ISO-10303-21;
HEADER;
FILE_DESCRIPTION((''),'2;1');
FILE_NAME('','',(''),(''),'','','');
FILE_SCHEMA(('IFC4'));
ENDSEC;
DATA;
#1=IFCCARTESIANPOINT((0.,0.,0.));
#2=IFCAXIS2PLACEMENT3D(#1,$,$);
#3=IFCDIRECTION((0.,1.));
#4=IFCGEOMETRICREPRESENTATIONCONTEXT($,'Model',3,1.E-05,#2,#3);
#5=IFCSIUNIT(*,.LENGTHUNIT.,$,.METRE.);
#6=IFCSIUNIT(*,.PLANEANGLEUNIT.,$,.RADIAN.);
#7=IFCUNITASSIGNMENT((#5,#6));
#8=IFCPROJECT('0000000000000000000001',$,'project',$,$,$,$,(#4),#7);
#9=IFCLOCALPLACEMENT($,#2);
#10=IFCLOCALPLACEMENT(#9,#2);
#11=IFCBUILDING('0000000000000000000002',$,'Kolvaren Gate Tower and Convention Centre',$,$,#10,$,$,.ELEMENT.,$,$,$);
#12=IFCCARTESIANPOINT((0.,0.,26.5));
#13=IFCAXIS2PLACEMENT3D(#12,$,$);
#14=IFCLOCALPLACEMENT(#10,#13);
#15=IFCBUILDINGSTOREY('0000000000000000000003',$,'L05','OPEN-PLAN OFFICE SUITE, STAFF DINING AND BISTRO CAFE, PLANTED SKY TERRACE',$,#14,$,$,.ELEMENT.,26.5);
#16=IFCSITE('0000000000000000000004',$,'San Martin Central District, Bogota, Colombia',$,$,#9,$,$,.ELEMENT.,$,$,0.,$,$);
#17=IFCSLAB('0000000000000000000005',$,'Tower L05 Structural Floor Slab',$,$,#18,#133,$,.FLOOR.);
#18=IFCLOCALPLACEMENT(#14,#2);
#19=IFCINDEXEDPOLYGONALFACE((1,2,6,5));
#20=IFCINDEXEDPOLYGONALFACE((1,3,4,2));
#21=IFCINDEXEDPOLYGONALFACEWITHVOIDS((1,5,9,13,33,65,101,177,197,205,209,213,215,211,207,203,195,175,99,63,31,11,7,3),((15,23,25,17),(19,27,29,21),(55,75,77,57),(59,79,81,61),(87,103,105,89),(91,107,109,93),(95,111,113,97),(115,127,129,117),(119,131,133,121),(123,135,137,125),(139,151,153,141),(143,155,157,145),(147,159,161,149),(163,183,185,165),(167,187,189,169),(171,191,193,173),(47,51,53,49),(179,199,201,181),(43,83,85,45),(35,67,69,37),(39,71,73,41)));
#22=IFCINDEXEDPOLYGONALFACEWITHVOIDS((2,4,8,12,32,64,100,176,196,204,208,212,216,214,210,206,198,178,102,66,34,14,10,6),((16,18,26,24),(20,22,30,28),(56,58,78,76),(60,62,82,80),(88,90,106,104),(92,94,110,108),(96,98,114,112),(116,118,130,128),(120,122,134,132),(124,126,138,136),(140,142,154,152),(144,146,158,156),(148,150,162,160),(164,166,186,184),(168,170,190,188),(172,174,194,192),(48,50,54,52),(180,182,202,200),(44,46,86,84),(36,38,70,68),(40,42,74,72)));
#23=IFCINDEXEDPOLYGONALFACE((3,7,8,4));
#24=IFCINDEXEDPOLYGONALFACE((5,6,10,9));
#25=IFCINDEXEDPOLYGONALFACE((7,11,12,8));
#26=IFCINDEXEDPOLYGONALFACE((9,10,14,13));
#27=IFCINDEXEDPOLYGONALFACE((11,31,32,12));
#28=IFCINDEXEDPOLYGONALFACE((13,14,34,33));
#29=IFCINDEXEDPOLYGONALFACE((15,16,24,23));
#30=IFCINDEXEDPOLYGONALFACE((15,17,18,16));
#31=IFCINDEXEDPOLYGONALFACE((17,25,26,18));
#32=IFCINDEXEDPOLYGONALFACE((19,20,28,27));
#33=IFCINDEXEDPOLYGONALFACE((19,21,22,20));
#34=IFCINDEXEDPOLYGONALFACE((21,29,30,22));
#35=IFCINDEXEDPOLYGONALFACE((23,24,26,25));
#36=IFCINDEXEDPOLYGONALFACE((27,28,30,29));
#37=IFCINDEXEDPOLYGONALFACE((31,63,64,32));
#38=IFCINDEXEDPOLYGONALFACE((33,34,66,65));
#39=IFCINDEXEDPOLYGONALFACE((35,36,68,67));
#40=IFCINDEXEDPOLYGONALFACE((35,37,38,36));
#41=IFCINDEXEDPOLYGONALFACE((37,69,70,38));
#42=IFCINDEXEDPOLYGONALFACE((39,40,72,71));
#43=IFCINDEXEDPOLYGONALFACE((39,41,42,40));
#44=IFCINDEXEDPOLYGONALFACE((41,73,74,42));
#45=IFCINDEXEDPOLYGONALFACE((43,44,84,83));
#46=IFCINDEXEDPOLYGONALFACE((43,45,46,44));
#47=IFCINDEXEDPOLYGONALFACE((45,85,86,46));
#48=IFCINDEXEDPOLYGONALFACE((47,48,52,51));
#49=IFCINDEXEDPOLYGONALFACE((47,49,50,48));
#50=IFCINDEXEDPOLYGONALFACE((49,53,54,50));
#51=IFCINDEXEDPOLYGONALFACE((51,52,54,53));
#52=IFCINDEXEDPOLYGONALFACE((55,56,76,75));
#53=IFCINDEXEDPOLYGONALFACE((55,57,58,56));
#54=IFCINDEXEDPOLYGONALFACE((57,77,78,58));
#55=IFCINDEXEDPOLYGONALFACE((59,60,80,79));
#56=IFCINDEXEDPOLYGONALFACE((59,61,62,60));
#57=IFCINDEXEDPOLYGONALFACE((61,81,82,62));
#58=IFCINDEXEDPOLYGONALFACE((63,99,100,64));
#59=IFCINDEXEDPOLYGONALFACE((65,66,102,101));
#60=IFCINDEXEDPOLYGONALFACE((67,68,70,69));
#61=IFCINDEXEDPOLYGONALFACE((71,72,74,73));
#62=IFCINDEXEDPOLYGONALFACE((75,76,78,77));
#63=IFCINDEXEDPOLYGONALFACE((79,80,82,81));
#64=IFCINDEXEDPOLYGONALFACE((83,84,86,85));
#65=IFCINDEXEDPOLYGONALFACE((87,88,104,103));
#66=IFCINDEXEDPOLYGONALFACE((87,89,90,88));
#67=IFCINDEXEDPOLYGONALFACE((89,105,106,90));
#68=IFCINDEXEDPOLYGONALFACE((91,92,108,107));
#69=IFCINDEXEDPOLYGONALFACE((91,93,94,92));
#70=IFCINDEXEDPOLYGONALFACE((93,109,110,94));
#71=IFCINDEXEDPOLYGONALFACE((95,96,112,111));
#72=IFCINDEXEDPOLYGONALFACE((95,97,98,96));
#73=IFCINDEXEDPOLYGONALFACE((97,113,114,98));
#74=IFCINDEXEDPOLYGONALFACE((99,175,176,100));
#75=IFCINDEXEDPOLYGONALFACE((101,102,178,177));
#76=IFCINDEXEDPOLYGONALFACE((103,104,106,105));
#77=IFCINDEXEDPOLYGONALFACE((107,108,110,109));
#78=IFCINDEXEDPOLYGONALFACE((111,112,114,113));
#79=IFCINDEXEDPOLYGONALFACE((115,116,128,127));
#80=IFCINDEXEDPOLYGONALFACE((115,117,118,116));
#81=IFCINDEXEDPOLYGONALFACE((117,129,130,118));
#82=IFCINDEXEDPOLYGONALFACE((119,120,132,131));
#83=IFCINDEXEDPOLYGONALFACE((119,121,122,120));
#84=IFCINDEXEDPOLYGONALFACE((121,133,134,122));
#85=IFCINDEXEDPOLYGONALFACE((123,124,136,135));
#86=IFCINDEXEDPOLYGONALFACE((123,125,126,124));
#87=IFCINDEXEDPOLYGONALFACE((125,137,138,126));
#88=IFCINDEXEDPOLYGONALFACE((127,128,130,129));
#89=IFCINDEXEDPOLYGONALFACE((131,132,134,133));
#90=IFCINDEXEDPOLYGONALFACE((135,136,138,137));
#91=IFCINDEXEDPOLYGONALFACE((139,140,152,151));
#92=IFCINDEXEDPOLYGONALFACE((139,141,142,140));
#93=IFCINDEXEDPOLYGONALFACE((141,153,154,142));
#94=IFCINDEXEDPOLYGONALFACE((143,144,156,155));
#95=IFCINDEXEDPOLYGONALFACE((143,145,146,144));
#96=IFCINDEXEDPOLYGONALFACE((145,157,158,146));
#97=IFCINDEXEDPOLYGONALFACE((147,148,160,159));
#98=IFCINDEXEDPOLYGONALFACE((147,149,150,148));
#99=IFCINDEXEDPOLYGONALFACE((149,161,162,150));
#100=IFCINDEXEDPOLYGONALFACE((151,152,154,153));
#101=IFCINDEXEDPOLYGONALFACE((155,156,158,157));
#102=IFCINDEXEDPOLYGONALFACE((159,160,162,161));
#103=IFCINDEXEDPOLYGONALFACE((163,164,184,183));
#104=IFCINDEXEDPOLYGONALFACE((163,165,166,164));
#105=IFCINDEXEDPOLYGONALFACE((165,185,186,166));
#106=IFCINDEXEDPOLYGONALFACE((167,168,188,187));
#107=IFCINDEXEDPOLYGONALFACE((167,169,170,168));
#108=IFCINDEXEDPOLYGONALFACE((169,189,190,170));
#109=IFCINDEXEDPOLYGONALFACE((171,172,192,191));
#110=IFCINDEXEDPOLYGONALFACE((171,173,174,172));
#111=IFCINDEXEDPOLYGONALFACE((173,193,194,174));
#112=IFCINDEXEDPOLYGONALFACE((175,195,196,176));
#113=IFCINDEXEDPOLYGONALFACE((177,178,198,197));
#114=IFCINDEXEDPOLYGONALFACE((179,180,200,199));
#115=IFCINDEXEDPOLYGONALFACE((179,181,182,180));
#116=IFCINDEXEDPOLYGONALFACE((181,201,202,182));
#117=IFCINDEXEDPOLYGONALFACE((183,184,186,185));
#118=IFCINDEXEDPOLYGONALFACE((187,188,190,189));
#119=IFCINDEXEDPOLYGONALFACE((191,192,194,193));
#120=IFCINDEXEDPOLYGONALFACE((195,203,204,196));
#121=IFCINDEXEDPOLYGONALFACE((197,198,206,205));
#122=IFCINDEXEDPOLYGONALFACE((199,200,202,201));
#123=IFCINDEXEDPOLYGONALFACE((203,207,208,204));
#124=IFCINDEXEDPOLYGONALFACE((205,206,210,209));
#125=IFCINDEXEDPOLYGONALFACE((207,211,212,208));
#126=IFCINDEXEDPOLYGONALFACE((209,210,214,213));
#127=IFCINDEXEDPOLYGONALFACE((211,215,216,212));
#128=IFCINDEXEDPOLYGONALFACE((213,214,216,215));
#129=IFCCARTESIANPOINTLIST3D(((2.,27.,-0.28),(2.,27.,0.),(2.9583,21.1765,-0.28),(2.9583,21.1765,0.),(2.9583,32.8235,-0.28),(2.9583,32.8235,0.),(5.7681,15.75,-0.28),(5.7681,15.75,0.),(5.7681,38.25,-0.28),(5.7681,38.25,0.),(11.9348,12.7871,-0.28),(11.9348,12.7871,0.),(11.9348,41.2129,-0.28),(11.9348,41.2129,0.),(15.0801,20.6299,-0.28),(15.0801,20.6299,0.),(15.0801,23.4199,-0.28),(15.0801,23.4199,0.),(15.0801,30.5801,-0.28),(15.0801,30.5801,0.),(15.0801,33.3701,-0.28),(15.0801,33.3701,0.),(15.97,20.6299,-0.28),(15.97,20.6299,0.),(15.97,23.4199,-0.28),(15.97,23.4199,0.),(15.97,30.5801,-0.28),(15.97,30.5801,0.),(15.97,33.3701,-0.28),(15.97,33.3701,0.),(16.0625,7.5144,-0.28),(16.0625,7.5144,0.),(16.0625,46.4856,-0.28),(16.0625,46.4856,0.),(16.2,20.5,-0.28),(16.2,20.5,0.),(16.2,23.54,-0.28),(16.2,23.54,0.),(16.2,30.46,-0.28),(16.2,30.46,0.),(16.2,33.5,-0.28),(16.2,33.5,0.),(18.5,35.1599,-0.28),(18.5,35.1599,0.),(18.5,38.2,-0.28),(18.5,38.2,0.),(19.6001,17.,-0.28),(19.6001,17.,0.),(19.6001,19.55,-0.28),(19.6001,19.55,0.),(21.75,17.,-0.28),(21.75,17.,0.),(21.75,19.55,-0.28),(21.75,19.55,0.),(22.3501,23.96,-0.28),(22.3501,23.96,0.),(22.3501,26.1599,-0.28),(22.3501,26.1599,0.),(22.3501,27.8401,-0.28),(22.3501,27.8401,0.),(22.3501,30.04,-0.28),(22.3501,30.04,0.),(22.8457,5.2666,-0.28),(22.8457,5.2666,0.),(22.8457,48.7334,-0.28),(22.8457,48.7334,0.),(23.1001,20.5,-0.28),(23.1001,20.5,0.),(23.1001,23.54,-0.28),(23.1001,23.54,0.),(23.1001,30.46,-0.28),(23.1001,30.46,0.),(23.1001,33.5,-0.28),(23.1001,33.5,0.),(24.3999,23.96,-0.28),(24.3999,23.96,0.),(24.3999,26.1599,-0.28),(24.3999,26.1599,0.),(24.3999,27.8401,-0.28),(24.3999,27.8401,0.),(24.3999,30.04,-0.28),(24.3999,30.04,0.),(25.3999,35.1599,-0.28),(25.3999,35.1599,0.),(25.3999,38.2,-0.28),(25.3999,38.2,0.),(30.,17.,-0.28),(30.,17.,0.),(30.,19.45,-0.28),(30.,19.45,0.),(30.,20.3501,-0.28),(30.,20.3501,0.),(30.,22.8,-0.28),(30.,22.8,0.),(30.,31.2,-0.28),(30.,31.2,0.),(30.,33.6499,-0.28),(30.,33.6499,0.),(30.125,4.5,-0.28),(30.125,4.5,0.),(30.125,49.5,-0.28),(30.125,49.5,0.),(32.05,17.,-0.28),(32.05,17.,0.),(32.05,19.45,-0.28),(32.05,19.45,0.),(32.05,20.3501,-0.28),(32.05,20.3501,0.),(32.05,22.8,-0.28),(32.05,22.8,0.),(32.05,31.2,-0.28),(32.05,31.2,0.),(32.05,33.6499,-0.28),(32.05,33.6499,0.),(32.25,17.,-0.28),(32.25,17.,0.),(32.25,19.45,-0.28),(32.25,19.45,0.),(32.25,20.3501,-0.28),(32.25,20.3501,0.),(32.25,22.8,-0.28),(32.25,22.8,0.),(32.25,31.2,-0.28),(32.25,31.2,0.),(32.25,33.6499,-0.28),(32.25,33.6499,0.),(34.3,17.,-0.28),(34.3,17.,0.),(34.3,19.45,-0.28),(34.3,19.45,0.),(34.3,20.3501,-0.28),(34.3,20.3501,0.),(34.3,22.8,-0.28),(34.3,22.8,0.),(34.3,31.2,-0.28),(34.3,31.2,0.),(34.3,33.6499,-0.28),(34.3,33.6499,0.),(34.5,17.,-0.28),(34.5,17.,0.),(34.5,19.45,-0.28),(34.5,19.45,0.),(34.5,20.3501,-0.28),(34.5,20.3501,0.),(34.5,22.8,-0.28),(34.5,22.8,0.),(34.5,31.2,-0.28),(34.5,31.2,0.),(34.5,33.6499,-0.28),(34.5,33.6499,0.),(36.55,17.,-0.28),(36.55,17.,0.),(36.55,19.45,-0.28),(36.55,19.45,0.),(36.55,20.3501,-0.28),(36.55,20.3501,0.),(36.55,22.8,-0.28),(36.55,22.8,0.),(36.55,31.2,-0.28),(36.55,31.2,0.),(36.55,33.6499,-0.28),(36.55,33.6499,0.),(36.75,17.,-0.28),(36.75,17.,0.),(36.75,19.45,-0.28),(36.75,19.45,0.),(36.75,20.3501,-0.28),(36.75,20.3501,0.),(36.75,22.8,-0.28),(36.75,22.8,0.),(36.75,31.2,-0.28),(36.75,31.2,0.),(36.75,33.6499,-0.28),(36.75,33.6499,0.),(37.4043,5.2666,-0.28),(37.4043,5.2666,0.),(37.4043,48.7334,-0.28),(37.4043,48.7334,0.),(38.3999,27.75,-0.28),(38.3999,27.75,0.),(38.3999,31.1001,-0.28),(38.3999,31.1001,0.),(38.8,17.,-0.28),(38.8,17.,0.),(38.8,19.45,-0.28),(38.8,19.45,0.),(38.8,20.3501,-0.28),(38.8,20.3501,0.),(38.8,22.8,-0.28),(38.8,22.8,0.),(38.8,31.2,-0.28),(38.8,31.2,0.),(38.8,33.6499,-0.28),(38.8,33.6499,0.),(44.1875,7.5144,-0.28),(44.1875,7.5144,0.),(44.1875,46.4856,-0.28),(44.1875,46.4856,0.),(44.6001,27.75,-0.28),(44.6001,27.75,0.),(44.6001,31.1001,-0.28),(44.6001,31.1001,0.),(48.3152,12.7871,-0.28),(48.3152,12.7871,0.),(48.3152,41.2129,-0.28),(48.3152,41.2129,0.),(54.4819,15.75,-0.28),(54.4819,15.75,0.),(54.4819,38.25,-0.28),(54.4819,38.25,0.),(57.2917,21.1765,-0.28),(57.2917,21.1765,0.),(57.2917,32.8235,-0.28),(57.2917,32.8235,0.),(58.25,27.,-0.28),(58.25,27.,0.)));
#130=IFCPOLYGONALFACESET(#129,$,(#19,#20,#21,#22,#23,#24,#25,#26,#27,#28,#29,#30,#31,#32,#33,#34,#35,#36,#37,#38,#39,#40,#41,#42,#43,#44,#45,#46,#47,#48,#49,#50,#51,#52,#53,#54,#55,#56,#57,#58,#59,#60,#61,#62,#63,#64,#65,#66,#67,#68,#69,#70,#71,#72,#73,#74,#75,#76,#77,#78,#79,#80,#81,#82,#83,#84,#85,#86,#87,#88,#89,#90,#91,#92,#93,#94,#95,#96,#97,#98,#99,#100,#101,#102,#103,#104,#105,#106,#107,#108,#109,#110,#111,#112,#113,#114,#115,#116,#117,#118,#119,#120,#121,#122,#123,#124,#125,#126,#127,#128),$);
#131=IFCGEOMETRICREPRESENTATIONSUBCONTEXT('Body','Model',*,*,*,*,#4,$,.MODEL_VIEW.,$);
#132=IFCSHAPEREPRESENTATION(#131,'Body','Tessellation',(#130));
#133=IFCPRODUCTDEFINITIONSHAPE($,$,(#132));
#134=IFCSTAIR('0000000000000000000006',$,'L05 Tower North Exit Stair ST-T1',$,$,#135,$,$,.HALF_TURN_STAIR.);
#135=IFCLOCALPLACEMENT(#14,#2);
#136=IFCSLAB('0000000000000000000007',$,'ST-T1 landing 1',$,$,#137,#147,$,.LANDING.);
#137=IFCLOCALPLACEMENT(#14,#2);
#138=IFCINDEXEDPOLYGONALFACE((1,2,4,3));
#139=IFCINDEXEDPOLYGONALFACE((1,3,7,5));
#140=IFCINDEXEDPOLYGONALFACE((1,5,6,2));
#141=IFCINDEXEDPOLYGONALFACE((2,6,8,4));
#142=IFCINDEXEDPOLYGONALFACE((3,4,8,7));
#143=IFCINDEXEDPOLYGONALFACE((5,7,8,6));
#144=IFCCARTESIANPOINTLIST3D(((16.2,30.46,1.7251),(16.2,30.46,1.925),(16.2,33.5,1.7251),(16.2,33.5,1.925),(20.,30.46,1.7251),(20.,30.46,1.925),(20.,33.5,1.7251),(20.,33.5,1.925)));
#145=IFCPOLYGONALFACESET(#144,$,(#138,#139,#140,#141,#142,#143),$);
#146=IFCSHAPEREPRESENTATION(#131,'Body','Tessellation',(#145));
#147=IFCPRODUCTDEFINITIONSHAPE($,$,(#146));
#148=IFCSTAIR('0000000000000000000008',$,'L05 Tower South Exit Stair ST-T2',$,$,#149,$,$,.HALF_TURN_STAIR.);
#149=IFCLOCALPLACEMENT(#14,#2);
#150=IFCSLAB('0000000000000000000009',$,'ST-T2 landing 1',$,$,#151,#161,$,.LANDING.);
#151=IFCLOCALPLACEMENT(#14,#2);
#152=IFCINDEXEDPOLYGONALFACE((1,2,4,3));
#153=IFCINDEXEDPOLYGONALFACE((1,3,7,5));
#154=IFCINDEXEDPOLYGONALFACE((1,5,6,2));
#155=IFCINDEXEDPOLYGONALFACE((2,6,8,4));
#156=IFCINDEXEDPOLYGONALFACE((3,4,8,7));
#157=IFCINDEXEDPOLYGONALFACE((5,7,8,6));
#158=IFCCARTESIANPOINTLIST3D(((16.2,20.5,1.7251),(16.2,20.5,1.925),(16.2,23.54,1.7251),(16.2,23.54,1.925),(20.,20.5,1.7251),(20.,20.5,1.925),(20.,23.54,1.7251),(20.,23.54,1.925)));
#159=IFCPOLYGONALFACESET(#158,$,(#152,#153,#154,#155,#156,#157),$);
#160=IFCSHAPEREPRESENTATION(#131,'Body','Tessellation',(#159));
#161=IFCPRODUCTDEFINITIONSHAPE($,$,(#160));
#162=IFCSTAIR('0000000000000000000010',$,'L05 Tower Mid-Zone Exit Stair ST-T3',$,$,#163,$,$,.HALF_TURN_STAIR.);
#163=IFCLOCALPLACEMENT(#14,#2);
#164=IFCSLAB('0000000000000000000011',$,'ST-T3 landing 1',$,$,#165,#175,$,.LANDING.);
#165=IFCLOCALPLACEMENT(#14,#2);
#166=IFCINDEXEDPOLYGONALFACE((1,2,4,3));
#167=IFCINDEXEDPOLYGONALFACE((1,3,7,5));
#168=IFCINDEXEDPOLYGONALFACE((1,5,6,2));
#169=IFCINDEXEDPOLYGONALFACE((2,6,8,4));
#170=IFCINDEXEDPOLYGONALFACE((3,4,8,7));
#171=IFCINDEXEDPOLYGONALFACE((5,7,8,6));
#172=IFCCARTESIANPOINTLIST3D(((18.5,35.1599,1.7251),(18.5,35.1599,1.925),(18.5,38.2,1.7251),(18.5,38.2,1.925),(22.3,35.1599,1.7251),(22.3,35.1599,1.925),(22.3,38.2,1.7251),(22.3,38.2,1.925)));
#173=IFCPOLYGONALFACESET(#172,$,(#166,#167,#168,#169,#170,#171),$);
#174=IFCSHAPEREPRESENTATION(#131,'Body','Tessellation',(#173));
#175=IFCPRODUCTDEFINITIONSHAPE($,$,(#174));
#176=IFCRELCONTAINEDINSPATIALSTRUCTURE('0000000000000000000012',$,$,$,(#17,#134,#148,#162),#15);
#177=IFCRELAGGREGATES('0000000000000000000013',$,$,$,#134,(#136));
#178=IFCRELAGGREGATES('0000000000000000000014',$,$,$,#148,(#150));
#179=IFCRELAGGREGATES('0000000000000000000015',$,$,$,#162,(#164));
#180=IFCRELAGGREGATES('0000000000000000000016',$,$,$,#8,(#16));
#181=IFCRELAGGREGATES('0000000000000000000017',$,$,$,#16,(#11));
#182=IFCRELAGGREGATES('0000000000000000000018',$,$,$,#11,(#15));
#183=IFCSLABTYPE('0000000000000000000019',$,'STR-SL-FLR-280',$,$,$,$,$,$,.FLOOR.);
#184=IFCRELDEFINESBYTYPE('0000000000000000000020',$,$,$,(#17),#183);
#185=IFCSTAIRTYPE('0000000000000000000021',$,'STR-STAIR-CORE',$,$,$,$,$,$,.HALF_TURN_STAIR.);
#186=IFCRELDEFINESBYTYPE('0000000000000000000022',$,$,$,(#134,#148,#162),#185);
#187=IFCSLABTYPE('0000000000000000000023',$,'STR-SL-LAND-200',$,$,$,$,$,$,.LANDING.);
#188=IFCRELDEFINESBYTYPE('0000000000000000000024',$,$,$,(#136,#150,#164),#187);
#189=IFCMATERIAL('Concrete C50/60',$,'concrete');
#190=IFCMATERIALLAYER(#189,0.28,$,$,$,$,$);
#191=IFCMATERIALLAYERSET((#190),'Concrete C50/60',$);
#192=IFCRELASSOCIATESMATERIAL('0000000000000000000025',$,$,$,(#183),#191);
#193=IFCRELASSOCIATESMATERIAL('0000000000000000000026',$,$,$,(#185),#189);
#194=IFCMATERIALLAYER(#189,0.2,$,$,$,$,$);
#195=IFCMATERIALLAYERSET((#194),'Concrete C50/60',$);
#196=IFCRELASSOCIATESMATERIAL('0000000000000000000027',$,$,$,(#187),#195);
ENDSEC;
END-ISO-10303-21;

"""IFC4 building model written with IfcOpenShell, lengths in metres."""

from ifc_helpers import new_model, si_unit, direction, frame, origin, place, context, subcontext, project, spatial, polyline, outline, extrude, material, layer, layer_set, type_object, element, aggregate, save


model = new_model("IFC4")

# Units and contexts
model_context = context("Model", 3, precision=1e-05, world=origin(), true_north=direction((0.0, 1.0)))
body_context = subcontext(model_context, "Body", "Model", "MODEL_VIEW")
ifc_project = project(units=[si_unit("LENGTHUNIT", "METRE"), si_unit("PLANEANGLEUNIT", "RADIAN")], contexts=[model_context])

# Site, building, storey
site_placement = place(None, origin())
site = spatial("IfcSite", under=ifc_project, at=site_placement, Name="San Martin Central District, Bogota, Colombia", CompositionType="ELEMENT", RefElevation=0.0)
building_placement = place(site_placement, origin())
building = spatial("IfcBuilding", under=site, at=building_placement, Name="Kolvaren Gate Tower and Convention Centre", CompositionType="ELEMENT")
storey_placement = place(building_placement, frame((0.0, 0.0, 26.5)))
storey = spatial("IfcBuildingStorey", under=building, at=storey_placement, Name="L05", Description="OPEN-PLAN OFFICE SUITE, STAFF DINING AND BISTRO CAFE, PLANTED SKY TERRACE", CompositionType="ELEMENT", Elevation=26.5)

# Slab
ifc_material_1 = material(Name="Concrete C50/60", Category="concrete")
ifc_layer_1 = layer(ifc_material_1, 0.28)
ifc_layer_set_1 = layer_set([ifc_layer_1], Name="Concrete C50/60")
slab_type_1 = type_object("IfcSlabType", Name="STR-SL-FLR-280", PredefinedType="FLOOR", material=ifc_layer_set_1)
slab_1_placement = place(storey_placement, frame((0.0, 0.0, -0.28)))
element("IfcSlab", 1, at=slab_1_placement, inside=storey, type_object=slab_type_1, Name="Tower L05 Structural Floor Slab", PredefinedType="FLOOR", context=body_context, shape_type="SweptSolid", body=[
    extrude(outline(polyline([(58.25, 27.0), (57.2917, 32.8235), (54.4819, 38.25), (48.3152, 41.2129), (44.1875, 46.4856), (37.4043, 48.7334), (30.125, 49.5), (22.8457, 48.7334), (16.0625, 46.4856), (11.9348, 41.2129), (5.7681, 38.25), (2.9583, 32.8235), (2.0, 27.0), (2.9583, 21.1765), (5.7681, 15.75), (11.9348, 12.7871), (16.0625, 7.5144), (22.8457, 5.2666), (30.125, 4.5), (37.4043, 5.2666), (44.1875, 7.5144), (48.3152, 12.7871), (54.4819, 15.75), (57.2917, 21.1765), (58.25, 27.0)]), holes=[polyline([(38.3999, 31.1001), (44.6001, 31.1001), (44.6001, 27.75), (38.3999, 27.75), (38.3999, 31.1001)]), polyline([(36.75, 33.6499), (38.8, 33.6499), (38.8, 31.2), (36.75, 31.2), (36.75, 33.6499)]), polyline([(36.75, 22.8), (38.8, 22.8), (38.8, 20.3501), (36.75, 20.3501), (36.75, 22.8)]), polyline([(36.75, 19.45), (38.8, 19.45), (38.8, 17.0), (36.75, 17.0), (36.75, 19.45)]), polyline([(34.5, 33.6499), (36.55, 33.6499), (36.55, 31.2), (34.5, 31.2), (34.5, 33.6499)]), polyline([(34.5, 20.3501), (34.5, 22.8), (36.55, 22.8), (36.55, 20.3501), (34.5, 20.3501)]), polyline([(34.5, 17.0), (34.5, 19.45), (36.55, 19.45), (36.55, 17.0), (34.5, 17.0)]), polyline([(32.25, 31.2), (32.25, 33.6499), (34.3, 33.6499), (34.3, 31.2), (32.25, 31.2)]), polyline([(32.25, 22.8), (34.3, 22.8), (34.3, 20.3501), (32.25, 20.3501), (32.25, 22.8)]), polyline([(32.25, 17.0), (32.25, 19.45), (34.3, 19.45), (34.3, 17.0), (32.25, 17.0)]), polyline([(30.0, 33.6499), (32.05, 33.6499), (32.05, 31.2), (30.0, 31.2), (30.0, 33.6499)]), polyline([(30.0, 20.3501), (30.0, 22.8), (32.05, 22.8), (32.05, 20.3501), (30.0, 20.3501)]), polyline([(30.0, 17.0), (30.0, 19.45), (32.05, 19.45), (32.05, 17.0), (30.0, 17.0)]), polyline([(25.3999, 38.2), (25.3999, 35.1599), (18.5, 35.1599), (18.5, 38.2), (25.3999, 38.2)]), polyline([(22.3501, 27.8401), (22.3501, 30.04), (24.3999, 30.04), (24.3999, 27.8401), (22.3501, 27.8401)]), polyline([(22.3501, 23.96), (22.3501, 26.1599), (24.3999, 26.1599), (24.3999, 23.96), (22.3501, 23.96)]), polyline([(23.1001, 30.46), (16.2, 30.46), (16.2, 33.5), (23.1001, 33.5), (23.1001, 30.46)]), polyline([(23.1001, 20.5), (16.2, 20.5), (16.2, 23.54), (23.1001, 23.54), (23.1001, 20.5)]), polyline([(19.6001, 17.0), (19.6001, 19.55), (21.75, 19.55), (21.75, 17.0), (19.6001, 17.0)]), polyline([(15.0801, 23.4199), (15.97, 23.4199), (15.97, 20.6299), (15.0801, 20.6299), (15.0801, 23.4199)]), polyline([(15.0801, 30.5801), (15.0801, 33.3701), (15.97, 33.3701), (15.97, 30.5801), (15.0801, 30.5801)])]), origin(), (0.0, 0.0, 1.0), 0.28),
])

# Stairs, slabs
stair_type = type_object("IfcStairType", Name="STR-STAIR-CORE", PredefinedType="HALF_TURN_STAIR", material=ifc_material_1)
stair_1_placement = place(storey_placement, origin())
stair_1 = element("IfcStair", 2, at=stair_1_placement, inside=storey, type_object=stair_type, Name="L05 Tower North Exit Stair ST-T1", PredefinedType="HALF_TURN_STAIR")
ifc_layer_2 = layer(ifc_material_1, 0.2)
ifc_layer_set_2 = layer_set([ifc_layer_2], Name="Concrete C50/60")
slab_type_2 = type_object("IfcSlabType", Name="STR-SL-LAND-200", PredefinedType="LANDING", material=ifc_layer_set_2)
slab_2_placement = place(storey_placement, frame((0.0, 0.0, 1.7251)))
slab_2 = element("IfcSlab", 3, at=slab_2_placement, type_object=slab_type_2, Name="ST-T1 landing 1", PredefinedType="LANDING", context=body_context, shape_type="SweptSolid", body=[
    extrude(outline(polyline([(20.0, 33.5), (16.2, 33.5), (16.2, 30.46), (20.0, 30.46), (20.0, 33.5)])), origin(), (0.0, 0.0, 1.0), 0.2),
])
aggregate(stair_1, [slab_2])
stair_2_placement = place(storey_placement, origin())
stair_2 = element("IfcStair", 4, at=stair_2_placement, inside=storey, type_object=stair_type, Name="L05 Tower South Exit Stair ST-T2", PredefinedType="HALF_TURN_STAIR")
slab_3_placement = place(storey_placement, frame((0.0, 0.0, 1.7251)))
slab_3 = element("IfcSlab", 5, at=slab_3_placement, type_object=slab_type_2, Name="ST-T2 landing 1", PredefinedType="LANDING", context=body_context, shape_type="SweptSolid", body=[
    extrude(outline(polyline([(20.0, 23.54), (16.2, 23.54), (16.2, 20.5), (20.0, 20.5), (20.0, 23.54)])), origin(), (0.0, 0.0, 1.0), 0.2),
])
aggregate(stair_2, [slab_3])
stair_3_placement = place(storey_placement, origin())
stair_3 = element("IfcStair", 6, at=stair_3_placement, inside=storey, type_object=stair_type, Name="L05 Tower Mid-Zone Exit Stair ST-T3", PredefinedType="HALF_TURN_STAIR")
slab_4_placement = place(storey_placement, frame((0.0, 0.0, 1.7251)))
slab_4 = element("IfcSlab", 7, at=slab_4_placement, type_object=slab_type_2, Name="ST-T3 landing 1", PredefinedType="LANDING", context=body_context, shape_type="SweptSolid", body=[
    extrude(outline(polyline([(22.3, 38.2), (18.5, 38.2), (18.5, 35.1599), (22.3, 35.1599), (22.3, 38.2)])), origin(), (0.0, 0.0, 1.0), 0.2),
])
aggregate(stair_3, [slab_4])

save(model, "model.ifc")
